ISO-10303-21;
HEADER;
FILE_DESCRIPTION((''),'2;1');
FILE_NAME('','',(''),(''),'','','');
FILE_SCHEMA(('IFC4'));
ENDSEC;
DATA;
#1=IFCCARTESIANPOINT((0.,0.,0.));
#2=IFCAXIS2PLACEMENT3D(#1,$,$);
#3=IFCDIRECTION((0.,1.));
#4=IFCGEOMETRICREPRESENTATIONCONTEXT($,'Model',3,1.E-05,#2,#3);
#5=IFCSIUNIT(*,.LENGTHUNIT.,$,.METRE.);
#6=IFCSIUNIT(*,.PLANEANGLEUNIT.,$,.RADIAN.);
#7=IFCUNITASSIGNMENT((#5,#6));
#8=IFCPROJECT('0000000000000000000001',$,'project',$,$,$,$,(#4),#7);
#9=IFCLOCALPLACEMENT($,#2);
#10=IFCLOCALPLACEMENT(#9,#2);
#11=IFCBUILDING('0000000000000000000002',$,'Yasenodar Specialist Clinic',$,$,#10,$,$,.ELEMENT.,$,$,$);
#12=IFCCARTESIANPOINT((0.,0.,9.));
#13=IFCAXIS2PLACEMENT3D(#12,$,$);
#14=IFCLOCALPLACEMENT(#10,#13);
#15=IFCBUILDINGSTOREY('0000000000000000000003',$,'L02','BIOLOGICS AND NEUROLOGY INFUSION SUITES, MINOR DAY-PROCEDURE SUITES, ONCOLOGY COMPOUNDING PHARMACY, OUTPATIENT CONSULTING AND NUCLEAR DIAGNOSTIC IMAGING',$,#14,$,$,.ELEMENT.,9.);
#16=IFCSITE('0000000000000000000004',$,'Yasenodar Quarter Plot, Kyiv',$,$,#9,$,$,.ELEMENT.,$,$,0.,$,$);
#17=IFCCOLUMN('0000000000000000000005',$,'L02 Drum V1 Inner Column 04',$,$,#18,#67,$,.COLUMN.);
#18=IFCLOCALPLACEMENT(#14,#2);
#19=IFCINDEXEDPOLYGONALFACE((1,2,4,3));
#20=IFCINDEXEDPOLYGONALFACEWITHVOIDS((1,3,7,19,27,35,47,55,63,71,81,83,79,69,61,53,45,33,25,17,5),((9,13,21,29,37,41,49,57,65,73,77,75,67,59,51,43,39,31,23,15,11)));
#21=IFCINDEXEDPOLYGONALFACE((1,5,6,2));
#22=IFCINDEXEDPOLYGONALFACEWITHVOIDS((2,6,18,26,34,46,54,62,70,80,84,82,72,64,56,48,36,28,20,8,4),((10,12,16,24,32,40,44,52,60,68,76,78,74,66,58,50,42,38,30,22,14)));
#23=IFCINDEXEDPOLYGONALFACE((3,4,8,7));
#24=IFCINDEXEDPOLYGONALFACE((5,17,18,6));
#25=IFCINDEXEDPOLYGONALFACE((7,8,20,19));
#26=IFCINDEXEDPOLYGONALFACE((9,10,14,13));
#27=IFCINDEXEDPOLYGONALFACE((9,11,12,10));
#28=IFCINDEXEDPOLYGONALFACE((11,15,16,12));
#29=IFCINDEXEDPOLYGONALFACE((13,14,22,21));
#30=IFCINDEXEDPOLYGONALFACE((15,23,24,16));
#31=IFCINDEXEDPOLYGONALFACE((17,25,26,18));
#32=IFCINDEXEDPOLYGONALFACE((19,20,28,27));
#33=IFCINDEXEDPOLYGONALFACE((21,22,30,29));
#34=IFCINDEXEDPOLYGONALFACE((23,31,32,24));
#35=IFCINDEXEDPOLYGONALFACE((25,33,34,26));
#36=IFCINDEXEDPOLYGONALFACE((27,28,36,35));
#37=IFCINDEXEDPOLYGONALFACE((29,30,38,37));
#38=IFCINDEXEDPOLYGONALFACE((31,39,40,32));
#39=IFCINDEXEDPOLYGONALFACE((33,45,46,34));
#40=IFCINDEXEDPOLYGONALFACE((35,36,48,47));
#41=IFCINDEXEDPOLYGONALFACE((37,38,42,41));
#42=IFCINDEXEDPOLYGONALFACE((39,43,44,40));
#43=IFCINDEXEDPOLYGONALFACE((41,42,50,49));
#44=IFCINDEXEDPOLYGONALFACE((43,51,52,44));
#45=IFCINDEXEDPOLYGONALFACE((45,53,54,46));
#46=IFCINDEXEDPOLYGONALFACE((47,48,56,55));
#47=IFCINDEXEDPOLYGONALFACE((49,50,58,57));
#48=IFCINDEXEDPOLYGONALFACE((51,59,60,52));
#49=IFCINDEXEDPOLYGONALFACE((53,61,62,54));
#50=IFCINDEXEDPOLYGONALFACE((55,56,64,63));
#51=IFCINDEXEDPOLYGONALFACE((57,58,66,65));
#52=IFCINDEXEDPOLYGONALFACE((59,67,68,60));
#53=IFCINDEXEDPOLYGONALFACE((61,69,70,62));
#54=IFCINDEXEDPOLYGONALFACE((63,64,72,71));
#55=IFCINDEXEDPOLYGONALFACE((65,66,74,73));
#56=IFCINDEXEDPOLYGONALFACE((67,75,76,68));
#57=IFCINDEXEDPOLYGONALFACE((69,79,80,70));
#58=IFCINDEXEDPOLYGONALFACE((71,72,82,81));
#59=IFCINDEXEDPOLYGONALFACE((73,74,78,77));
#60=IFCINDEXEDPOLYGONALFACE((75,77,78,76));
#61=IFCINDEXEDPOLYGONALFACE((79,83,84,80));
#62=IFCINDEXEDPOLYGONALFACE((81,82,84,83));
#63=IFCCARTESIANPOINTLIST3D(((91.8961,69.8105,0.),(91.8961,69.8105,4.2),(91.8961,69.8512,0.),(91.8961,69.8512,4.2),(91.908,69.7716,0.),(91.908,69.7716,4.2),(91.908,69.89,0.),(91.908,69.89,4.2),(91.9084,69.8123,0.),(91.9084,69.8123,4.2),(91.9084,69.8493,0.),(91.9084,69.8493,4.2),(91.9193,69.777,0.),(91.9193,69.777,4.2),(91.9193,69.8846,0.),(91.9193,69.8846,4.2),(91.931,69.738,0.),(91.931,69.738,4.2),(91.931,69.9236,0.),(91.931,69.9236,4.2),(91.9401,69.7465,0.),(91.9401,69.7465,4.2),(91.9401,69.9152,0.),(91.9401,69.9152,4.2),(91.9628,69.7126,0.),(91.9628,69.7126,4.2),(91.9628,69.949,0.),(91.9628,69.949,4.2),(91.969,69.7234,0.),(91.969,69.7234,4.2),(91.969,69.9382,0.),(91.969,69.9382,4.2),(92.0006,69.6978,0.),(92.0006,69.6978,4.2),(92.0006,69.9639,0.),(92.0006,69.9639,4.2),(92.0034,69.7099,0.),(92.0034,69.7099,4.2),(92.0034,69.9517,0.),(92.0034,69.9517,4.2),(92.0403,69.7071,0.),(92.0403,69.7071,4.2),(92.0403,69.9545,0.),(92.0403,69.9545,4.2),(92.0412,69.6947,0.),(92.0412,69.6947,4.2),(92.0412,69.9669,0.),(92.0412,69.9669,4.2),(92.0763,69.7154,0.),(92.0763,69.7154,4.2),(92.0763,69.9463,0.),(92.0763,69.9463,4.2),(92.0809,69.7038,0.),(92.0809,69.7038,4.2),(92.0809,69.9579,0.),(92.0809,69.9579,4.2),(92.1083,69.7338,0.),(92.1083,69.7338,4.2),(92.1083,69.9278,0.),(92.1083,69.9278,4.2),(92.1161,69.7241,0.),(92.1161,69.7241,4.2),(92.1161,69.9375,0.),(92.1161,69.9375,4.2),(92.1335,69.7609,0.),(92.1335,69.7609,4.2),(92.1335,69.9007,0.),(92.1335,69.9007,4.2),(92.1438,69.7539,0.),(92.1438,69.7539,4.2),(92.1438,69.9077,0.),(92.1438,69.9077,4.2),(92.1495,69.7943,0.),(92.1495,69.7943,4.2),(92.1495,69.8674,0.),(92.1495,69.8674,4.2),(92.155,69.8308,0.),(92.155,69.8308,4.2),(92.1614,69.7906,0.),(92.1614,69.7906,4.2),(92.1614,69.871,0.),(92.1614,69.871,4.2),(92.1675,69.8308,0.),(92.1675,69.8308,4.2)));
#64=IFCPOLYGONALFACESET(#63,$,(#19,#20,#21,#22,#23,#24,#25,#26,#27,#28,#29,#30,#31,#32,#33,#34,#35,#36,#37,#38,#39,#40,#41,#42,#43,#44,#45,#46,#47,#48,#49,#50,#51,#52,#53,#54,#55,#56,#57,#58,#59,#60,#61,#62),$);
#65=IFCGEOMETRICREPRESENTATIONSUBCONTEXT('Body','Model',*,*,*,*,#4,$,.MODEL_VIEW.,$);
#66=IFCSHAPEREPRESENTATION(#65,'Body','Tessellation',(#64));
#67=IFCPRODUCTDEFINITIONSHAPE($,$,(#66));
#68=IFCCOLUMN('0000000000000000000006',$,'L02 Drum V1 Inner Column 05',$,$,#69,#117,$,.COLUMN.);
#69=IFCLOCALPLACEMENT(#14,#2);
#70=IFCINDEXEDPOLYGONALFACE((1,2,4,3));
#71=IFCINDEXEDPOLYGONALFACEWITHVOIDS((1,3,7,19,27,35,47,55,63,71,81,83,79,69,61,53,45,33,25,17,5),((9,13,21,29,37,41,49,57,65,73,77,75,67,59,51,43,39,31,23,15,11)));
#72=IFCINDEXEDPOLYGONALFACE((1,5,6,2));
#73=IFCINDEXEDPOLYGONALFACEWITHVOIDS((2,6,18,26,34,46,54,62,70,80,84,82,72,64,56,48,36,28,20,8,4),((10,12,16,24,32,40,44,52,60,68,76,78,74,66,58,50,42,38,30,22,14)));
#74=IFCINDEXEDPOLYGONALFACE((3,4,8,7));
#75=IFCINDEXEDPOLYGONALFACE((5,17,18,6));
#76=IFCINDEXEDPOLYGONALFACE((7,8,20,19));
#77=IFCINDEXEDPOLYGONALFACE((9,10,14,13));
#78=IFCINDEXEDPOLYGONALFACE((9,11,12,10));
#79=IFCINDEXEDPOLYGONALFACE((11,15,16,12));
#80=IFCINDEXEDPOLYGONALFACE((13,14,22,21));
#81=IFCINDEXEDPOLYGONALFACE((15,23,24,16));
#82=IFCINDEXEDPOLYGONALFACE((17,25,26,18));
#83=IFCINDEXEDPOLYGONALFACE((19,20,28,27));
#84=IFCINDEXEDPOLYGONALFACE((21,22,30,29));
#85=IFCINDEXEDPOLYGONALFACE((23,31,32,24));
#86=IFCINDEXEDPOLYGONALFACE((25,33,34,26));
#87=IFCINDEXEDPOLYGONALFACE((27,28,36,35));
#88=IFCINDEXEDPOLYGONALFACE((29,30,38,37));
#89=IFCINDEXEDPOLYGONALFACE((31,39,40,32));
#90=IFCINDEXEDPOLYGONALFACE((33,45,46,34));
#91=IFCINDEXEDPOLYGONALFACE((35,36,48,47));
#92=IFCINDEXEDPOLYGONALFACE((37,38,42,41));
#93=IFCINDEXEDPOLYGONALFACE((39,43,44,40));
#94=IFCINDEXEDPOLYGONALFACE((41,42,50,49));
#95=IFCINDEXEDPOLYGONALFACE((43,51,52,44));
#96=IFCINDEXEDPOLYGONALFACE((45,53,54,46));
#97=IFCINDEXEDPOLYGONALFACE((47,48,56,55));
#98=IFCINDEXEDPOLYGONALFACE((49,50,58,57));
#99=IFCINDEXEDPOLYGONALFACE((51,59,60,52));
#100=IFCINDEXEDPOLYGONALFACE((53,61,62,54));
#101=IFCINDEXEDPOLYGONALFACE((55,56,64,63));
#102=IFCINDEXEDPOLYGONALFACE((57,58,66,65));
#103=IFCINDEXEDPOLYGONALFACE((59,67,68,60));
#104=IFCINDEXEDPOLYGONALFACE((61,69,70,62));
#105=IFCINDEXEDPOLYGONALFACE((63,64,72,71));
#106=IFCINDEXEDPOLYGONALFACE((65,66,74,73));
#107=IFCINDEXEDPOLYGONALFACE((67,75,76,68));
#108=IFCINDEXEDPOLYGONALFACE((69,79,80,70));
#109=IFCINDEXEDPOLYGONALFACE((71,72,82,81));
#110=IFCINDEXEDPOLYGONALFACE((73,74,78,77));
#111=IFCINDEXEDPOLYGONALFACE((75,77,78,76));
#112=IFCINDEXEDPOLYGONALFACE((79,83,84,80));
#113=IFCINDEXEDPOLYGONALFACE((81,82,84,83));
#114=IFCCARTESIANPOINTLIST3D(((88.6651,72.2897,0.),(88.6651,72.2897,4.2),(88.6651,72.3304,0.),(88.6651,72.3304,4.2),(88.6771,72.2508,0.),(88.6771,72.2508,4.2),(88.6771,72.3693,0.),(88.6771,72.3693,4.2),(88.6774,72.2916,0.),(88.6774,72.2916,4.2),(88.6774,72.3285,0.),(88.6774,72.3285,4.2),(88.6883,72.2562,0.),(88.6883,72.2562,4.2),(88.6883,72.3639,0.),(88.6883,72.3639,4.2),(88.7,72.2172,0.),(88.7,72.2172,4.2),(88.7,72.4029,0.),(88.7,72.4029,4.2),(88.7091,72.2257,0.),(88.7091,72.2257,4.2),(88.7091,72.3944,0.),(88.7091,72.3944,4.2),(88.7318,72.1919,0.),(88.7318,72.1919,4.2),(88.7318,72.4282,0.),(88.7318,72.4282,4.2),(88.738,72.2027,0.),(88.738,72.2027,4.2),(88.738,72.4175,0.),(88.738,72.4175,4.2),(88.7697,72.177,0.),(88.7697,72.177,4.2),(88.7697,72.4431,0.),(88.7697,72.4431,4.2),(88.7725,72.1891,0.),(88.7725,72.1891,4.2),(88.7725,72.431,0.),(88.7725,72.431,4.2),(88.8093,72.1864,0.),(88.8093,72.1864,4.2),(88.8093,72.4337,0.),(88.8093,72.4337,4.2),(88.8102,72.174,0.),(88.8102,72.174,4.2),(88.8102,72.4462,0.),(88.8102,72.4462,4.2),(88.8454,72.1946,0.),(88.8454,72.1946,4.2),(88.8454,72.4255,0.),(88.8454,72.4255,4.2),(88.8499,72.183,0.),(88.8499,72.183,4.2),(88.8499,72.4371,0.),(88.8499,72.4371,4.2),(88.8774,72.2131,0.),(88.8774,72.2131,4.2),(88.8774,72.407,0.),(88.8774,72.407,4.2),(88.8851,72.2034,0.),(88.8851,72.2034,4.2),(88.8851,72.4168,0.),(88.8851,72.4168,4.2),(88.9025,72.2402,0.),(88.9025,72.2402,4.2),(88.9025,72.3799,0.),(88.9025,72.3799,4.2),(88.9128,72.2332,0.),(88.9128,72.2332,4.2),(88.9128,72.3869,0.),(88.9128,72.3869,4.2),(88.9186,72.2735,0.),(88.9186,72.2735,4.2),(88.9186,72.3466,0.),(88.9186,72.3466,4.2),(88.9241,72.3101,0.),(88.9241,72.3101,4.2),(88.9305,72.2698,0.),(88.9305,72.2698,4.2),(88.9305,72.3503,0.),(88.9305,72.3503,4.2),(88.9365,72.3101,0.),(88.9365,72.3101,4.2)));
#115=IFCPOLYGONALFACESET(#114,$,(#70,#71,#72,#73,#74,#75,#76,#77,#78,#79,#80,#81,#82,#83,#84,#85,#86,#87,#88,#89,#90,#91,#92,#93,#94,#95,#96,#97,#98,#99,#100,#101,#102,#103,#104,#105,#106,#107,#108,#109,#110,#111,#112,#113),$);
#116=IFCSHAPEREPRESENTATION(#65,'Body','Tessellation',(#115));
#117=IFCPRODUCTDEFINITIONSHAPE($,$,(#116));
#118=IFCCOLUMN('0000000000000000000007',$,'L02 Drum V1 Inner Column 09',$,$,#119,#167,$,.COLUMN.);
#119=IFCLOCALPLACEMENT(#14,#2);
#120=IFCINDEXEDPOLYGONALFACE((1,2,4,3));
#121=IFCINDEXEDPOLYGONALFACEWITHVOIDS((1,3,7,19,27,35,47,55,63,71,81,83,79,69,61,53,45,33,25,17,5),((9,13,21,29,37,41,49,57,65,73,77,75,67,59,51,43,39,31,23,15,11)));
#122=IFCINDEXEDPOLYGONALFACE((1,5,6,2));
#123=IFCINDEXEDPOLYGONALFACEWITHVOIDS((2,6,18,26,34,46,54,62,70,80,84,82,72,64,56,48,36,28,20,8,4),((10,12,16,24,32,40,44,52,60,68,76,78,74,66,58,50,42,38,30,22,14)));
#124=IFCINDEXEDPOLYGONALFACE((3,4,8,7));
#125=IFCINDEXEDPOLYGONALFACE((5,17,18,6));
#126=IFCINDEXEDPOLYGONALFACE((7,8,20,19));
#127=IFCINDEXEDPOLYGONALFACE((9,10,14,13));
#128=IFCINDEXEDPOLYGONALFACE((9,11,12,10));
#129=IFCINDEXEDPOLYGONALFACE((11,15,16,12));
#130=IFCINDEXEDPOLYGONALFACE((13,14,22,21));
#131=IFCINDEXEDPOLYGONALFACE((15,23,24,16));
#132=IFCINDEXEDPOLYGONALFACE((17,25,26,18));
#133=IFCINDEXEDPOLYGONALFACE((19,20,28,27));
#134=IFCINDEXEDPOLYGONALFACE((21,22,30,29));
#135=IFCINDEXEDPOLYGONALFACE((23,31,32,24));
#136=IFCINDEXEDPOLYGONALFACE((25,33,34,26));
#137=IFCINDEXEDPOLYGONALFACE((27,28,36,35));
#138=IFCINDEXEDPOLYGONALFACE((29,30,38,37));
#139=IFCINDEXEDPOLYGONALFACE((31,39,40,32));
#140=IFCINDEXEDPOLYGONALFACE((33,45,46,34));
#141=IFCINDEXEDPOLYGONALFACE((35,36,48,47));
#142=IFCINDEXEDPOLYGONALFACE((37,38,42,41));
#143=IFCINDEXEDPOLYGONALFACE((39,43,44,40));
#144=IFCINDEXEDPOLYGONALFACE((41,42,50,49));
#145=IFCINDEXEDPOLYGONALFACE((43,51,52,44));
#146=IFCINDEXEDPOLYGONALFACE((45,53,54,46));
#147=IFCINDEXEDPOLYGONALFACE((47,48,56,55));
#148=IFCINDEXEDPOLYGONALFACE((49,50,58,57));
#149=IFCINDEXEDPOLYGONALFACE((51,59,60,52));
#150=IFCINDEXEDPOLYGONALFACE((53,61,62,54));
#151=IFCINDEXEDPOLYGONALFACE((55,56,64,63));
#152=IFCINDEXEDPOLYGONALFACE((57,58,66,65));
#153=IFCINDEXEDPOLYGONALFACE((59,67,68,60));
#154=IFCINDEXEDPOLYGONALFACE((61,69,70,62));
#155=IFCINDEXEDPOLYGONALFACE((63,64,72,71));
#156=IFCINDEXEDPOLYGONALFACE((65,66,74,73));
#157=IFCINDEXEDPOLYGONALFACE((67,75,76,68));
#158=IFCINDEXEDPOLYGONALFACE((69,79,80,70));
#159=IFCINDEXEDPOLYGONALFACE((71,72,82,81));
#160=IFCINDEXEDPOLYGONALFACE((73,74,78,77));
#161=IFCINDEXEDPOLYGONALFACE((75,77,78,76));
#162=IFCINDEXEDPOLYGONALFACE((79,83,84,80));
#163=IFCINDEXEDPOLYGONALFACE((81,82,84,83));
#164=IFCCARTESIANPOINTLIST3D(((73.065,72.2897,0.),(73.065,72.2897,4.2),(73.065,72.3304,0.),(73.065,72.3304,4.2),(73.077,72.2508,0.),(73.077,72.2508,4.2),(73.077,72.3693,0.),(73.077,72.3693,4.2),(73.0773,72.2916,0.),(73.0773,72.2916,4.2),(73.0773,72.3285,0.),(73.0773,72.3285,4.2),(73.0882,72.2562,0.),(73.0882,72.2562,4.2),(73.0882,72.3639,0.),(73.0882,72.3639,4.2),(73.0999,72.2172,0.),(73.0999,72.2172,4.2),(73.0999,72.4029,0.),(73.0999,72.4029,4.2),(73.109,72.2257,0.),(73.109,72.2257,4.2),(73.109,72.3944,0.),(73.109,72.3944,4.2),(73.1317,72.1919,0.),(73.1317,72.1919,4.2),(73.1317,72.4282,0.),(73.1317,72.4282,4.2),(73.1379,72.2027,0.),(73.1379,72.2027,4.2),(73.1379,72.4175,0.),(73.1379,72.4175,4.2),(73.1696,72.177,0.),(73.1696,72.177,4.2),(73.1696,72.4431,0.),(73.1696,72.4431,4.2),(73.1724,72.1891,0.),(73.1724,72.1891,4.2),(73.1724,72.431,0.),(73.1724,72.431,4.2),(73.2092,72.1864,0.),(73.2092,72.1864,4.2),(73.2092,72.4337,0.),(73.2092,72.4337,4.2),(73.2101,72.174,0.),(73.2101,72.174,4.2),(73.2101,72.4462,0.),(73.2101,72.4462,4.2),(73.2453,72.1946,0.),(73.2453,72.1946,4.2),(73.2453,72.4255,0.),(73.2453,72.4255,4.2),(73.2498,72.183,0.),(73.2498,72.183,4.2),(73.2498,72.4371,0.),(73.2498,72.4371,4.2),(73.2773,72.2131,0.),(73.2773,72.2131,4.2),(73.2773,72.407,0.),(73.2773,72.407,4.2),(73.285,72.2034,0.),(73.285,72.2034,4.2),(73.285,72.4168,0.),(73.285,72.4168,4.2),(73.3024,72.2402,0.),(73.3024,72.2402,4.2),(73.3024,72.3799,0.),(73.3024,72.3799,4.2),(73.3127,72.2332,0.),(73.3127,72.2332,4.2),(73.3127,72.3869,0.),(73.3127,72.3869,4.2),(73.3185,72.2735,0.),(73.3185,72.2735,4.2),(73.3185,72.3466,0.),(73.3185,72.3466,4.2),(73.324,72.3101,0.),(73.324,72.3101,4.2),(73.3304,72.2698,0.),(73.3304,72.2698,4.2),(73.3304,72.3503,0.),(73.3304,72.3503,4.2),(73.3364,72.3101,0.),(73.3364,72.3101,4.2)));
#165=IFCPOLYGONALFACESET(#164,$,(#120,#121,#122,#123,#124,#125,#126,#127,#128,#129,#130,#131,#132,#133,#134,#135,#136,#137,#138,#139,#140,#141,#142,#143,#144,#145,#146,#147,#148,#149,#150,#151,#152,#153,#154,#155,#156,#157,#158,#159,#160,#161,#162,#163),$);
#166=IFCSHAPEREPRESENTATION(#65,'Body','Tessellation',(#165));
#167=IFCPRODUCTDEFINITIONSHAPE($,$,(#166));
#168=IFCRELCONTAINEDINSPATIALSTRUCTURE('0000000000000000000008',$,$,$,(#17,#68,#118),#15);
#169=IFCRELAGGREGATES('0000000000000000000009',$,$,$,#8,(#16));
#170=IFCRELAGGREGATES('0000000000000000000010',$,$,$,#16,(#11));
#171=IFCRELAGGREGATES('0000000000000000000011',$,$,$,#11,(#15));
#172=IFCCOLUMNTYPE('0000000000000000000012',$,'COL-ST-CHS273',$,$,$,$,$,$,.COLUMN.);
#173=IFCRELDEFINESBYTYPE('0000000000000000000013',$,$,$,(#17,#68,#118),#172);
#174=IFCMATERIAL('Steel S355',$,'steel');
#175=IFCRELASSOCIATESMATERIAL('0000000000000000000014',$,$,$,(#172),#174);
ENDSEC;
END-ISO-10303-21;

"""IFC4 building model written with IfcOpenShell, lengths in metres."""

from ifc_helpers import new_model, si_unit, direction, frame, origin, origin_2d, place, context, subcontext, project, spatial, hollow_circle, extrude, material, material_profile, profile_set, type_object, element, save


model = new_model("IFC4")

# Units and contexts
model_context = context("Model", 3, precision=1e-05, world=origin(), true_north=direction((0.0, 1.0)))
body_context = subcontext(model_context, "Body", "Model", "MODEL_VIEW")
ifc_project = project(units=[si_unit("LENGTHUNIT", "METRE"), si_unit("PLANEANGLEUNIT", "RADIAN")], contexts=[model_context])

# Site, building, storey
site_placement = place(None, origin())
site = spatial("IfcSite", under=ifc_project, at=site_placement, Name="Yasenodar Quarter Plot, Kyiv", CompositionType="ELEMENT", RefElevation=0.0)
building_placement = place(site_placement, origin())
building = spatial("IfcBuilding", under=site, at=building_placement, Name="Yasenodar Specialist Clinic", CompositionType="ELEMENT")
storey_placement = place(building_placement, frame((0.0, 0.0, 9.0)))
storey = spatial("IfcBuildingStorey", under=building, at=storey_placement, Name="L02", Description="BIOLOGICS AND NEUROLOGY INFUSION SUITES, MINOR DAY-PROCEDURE SUITES, ONCOLOGY COMPOUNDING PHARMACY, OUTPATIENT CONSULTING AND NUCLEAR DIAGNOSTIC IMAGING", CompositionType="ELEMENT", Elevation=9.0)

# Columns
ifc_material_1 = material(Name="Steel S355", Category="steel")
ifc_material_profile_1 = material_profile(ifc_material_1, hollow_circle(Radius=0.1365, WallThickness=0.0125, at=origin_2d()), Name="CHS 273x12.5")
ifc_profile_set_1 = profile_set([ifc_material_profile_1], Name="Steel S355")
column_type = type_object("IfcColumnType", Name="COL-ST-CHS273", PredefinedType="COLUMN", material=ifc_profile_set_1)
for number, where, z_axis, x_axis, name in (
    (1, (92.031, 69.8308, 0.0), (0.0, 0.0, 1.0), (1.0, 0.0, 0.0), "L02 Drum V1 Inner Column 04"),
    (2, (88.8, 72.3101, 0.0), (0.0, 0.0, 1.0), (1.0, 0.0, 0.0), "L02 Drum V1 Inner Column 05"),
    (3, (73.2, 72.3101, 0.0), (0.0, 0.0, 1.0), (1.0, 0.0, 0.0), "L02 Drum V1 Inner Column 09"),
):
    element("IfcColumn", number, at=place(storey_placement, frame(where, z_axis=z_axis, x_axis=x_axis)), inside=storey, type_object=column_type, Name=name, PredefinedType="COLUMN", context=body_context, shape_type="SweptSolid", body=[
        extrude(hollow_circle(Radius=0.1365, WallThickness=0.0125, at=origin_2d()), origin(), (0.0, 0.0, 1.0), 4.2),
    ])

save(model, "model.ifc")
